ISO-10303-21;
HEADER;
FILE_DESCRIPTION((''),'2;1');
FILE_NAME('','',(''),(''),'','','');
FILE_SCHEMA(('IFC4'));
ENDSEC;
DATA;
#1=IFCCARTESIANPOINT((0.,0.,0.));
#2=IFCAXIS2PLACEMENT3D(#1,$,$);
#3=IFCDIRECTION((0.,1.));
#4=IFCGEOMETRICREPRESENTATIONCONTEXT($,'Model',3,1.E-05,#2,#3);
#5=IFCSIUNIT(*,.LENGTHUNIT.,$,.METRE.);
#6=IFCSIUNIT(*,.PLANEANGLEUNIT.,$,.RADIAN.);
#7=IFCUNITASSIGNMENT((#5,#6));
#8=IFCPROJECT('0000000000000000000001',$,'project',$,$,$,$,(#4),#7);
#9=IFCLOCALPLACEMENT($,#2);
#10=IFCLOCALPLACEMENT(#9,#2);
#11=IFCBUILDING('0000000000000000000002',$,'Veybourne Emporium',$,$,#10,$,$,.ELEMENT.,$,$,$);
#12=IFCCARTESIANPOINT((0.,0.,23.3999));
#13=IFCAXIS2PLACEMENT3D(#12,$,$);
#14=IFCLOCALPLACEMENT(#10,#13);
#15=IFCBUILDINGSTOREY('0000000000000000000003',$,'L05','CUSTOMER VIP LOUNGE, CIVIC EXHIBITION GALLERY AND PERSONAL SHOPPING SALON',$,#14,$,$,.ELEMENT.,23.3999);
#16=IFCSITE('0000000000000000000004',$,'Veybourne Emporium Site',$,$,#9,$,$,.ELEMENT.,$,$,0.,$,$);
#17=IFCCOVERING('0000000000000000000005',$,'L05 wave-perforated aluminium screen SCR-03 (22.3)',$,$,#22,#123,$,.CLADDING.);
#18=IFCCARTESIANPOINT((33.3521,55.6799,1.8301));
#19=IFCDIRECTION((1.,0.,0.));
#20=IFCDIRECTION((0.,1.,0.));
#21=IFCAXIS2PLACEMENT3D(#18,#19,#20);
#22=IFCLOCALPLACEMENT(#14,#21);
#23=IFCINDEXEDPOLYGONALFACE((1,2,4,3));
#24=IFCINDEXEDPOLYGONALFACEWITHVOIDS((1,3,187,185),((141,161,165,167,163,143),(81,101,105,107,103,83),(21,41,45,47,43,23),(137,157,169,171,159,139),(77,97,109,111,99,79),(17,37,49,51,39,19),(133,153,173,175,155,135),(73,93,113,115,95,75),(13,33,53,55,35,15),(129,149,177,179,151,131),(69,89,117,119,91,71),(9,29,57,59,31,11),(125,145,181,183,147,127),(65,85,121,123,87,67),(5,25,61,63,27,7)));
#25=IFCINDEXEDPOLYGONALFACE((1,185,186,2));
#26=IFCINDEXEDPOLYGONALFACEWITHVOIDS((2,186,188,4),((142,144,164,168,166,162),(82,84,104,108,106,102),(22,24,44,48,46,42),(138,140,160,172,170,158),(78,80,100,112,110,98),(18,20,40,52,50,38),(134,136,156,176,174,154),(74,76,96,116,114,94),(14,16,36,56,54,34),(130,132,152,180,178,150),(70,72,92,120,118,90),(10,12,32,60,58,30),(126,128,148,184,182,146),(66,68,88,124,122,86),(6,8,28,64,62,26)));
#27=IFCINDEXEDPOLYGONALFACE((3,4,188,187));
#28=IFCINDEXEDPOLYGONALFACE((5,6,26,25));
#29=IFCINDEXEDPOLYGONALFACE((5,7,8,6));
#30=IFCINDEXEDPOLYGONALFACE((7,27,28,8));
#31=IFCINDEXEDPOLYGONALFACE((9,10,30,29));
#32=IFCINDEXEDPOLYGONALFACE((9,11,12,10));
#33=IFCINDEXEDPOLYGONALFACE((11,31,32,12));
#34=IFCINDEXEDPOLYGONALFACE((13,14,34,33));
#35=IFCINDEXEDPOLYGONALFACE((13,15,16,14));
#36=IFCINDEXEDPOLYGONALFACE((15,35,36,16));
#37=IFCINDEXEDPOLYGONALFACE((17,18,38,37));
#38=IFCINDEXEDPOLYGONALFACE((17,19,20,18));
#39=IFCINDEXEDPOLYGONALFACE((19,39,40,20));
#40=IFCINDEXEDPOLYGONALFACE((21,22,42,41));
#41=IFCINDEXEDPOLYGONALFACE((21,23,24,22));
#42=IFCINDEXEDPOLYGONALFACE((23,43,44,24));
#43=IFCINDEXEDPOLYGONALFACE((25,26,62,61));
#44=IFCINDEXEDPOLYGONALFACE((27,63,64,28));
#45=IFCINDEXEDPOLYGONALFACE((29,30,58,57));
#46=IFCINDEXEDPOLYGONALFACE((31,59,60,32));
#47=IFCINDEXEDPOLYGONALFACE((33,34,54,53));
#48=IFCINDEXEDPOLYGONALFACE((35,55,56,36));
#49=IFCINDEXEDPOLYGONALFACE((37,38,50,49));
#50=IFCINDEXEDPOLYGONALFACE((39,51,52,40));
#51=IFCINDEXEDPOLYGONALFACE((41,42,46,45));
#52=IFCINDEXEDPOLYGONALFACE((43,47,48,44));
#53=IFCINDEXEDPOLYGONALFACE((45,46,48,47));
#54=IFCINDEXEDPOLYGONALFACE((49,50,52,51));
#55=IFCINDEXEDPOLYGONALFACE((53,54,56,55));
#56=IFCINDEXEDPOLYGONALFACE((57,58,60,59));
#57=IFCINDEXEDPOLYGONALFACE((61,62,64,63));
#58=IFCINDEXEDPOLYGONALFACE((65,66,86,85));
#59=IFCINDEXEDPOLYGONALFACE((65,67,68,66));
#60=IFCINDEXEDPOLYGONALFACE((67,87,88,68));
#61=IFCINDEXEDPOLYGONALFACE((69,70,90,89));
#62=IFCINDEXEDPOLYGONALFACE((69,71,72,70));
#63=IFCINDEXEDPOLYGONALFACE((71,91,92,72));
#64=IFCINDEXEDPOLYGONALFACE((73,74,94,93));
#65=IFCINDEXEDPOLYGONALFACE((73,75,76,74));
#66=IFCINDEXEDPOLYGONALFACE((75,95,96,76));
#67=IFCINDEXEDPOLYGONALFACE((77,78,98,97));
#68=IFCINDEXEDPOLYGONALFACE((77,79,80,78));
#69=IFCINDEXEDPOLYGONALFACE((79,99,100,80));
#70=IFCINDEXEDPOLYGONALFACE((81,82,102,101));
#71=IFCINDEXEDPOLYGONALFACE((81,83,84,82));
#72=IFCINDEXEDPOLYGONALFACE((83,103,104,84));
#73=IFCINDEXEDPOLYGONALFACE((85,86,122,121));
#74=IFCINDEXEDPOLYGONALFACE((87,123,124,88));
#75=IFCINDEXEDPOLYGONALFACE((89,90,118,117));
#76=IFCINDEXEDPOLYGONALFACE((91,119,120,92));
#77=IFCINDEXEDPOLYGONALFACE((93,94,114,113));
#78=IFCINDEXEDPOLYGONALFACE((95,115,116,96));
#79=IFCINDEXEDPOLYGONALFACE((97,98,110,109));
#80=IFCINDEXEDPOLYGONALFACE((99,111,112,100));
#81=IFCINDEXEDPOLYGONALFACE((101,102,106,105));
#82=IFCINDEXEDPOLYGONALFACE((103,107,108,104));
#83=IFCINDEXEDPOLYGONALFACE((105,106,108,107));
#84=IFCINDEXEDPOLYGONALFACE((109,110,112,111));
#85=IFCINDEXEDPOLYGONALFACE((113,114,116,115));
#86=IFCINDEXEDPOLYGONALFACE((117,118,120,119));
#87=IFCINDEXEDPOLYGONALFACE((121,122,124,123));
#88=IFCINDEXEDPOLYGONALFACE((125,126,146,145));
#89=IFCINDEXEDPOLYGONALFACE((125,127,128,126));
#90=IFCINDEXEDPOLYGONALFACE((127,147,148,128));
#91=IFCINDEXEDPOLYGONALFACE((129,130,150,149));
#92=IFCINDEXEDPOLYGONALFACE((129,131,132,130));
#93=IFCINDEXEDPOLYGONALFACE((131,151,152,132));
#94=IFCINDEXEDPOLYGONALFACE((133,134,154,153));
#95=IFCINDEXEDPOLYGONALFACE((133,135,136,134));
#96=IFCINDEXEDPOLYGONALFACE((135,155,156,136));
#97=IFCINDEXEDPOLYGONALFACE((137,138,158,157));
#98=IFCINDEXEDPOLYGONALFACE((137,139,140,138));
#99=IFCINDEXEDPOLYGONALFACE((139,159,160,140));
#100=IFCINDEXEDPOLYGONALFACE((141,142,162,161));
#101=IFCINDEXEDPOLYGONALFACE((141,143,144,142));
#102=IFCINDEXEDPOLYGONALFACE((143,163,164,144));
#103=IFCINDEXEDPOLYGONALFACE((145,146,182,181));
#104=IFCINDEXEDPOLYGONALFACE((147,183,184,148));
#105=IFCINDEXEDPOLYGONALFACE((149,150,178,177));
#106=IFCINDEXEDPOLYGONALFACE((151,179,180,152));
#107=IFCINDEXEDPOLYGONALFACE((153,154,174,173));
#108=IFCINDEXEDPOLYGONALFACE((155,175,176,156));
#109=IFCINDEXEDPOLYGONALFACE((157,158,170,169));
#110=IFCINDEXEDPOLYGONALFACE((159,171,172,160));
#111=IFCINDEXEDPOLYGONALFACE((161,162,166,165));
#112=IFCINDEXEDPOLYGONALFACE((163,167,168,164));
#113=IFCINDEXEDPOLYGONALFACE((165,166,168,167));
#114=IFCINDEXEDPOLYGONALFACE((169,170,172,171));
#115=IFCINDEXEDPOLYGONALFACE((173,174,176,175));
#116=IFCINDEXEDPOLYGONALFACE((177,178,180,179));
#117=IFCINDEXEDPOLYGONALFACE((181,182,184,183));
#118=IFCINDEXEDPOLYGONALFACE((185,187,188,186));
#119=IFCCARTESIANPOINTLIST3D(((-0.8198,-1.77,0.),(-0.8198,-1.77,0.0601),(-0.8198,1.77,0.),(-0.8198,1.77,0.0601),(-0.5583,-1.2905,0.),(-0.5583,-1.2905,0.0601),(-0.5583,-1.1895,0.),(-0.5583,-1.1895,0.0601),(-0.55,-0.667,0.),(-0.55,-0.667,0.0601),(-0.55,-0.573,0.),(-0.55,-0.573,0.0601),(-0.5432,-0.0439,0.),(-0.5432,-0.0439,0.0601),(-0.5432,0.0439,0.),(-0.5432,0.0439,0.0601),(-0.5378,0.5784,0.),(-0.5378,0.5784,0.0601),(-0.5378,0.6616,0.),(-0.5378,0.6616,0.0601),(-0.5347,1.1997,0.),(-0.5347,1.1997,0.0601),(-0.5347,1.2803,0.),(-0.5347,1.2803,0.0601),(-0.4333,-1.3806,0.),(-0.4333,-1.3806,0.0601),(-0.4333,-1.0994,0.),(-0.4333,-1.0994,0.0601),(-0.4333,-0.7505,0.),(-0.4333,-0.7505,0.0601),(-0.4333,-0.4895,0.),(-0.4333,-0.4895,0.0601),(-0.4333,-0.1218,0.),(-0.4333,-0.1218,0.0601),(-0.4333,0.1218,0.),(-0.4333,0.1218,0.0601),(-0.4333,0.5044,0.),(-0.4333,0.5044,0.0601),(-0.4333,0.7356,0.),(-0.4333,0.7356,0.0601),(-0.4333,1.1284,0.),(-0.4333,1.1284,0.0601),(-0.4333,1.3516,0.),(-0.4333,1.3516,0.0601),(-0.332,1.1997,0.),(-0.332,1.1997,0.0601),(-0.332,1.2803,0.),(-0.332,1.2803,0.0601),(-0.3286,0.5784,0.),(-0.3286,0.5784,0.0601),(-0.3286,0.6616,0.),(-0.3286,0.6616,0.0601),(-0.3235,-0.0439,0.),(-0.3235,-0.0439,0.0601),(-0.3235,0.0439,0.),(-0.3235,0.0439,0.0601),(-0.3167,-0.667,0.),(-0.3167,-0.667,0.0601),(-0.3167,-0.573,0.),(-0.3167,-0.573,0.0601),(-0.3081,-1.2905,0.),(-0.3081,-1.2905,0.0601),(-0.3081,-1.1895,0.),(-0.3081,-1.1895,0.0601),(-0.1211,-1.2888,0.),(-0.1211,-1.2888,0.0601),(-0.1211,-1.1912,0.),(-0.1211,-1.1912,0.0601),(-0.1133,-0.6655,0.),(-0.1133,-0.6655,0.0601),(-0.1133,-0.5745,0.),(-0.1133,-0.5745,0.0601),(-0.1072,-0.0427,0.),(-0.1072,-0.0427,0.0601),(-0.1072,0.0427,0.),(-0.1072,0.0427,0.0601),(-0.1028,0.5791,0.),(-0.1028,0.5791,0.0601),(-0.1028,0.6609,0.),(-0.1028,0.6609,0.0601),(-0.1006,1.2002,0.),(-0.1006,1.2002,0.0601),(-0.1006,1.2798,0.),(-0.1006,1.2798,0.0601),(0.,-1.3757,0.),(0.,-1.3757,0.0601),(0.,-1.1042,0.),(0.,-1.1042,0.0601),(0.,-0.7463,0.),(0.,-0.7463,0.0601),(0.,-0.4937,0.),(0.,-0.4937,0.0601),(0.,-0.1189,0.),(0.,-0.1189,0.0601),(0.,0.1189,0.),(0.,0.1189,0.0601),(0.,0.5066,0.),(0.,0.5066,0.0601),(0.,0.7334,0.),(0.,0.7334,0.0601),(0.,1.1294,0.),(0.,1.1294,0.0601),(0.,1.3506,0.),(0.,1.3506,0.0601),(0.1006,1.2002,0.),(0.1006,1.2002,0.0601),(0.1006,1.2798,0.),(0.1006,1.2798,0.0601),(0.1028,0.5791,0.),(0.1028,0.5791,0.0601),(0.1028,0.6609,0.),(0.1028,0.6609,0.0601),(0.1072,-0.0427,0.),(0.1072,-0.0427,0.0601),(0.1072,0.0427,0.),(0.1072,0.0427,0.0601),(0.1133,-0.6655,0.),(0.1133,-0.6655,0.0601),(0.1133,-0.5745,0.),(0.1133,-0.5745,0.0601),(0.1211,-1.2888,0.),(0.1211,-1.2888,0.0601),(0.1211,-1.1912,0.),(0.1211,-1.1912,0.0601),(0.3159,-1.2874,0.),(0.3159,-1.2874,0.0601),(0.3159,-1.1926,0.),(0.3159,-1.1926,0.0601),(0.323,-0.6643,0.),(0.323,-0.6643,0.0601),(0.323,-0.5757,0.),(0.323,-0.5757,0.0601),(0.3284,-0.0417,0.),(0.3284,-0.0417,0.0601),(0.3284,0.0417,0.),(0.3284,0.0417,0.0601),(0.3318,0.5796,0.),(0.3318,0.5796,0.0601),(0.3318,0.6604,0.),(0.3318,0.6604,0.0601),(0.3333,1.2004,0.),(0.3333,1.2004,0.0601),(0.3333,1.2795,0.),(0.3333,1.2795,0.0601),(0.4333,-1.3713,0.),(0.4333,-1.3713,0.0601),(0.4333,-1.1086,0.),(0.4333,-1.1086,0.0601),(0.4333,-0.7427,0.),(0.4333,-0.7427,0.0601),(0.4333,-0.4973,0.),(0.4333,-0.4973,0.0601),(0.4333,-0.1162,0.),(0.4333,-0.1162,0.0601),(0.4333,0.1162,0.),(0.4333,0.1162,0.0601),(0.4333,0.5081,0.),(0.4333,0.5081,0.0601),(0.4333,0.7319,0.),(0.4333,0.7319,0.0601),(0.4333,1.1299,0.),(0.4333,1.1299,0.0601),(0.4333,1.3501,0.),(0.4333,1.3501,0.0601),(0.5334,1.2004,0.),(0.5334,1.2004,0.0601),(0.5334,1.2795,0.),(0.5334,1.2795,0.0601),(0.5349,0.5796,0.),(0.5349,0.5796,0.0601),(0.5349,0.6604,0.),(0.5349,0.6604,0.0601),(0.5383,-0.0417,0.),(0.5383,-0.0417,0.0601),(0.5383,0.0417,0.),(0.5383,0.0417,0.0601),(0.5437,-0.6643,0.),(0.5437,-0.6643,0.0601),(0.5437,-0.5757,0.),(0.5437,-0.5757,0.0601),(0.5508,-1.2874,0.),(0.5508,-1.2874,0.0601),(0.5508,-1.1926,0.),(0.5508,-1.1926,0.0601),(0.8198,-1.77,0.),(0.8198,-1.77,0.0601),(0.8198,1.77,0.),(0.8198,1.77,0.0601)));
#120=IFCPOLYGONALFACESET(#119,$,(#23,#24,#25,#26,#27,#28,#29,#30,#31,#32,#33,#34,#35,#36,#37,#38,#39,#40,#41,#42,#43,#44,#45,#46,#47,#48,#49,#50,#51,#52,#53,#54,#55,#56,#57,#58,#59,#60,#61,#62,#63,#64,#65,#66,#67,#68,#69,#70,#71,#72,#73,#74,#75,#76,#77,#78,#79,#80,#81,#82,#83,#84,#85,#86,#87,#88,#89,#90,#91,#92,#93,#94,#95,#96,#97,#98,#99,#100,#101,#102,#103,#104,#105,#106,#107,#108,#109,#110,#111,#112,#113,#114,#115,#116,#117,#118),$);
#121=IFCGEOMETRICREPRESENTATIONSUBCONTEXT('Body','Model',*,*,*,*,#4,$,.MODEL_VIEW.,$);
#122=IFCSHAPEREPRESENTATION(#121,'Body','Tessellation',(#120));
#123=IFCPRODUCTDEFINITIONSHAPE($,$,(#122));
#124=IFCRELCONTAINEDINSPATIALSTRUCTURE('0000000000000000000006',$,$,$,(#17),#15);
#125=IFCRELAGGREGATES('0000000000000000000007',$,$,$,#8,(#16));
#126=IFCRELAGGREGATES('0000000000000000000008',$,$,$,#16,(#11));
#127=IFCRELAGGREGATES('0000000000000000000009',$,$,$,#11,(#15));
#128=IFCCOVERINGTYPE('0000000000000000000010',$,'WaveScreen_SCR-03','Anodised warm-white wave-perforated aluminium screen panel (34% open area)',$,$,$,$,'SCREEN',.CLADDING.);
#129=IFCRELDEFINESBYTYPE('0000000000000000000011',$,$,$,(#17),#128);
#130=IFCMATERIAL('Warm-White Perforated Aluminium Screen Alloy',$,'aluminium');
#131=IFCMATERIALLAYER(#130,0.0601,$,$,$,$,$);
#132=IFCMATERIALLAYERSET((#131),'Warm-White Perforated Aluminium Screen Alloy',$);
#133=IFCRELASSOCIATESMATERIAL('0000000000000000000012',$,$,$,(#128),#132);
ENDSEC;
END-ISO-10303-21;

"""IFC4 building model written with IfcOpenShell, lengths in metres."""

from ifc_helpers import new_model, si_unit, direction, frame, origin, place, context, subcontext, project, spatial, polyline, outline, extrude, material, layer, layer_set, type_object, element, save


model = new_model("IFC4")

# Units and contexts
model_context = context("Model", 3, precision=1e-05, world=origin(), true_north=direction((0.0, 1.0)))
body_context = subcontext(model_context, "Body", "Model", "MODEL_VIEW")
ifc_project = project(units=[si_unit("LENGTHUNIT", "METRE"), si_unit("PLANEANGLEUNIT", "RADIAN")], contexts=[model_context])

# Site, building, storey
site_placement = place(None, origin())
site = spatial("IfcSite", under=ifc_project, at=site_placement, Name="Veybourne Emporium Site", CompositionType="ELEMENT", RefElevation=0.0)
building_placement = place(site_placement, origin())
building = spatial("IfcBuilding", under=site, at=building_placement, Name="Veybourne Emporium", CompositionType="ELEMENT")
storey_placement = place(building_placement, frame((0.0, 0.0, 23.3999)))
storey = spatial("IfcBuildingStorey", under=building, at=storey_placement, Name="L05", Description="CUSTOMER VIP LOUNGE, CIVIC EXHIBITION GALLERY AND PERSONAL SHOPPING SALON", CompositionType="ELEMENT", Elevation=23.3999)

# Covering
ifc_material_1 = material(Name="Warm-White Perforated Aluminium Screen Alloy", Category="aluminium")
ifc_layer_1 = layer(ifc_material_1, 0.0601)
ifc_layer_set_1 = layer_set([ifc_layer_1], Name="Warm-White Perforated Aluminium Screen Alloy")
covering_type_1 = type_object("IfcCoveringType", Name="WaveScreen_SCR-03", Description="Anodised warm-white wave-perforated aluminium screen panel (34% open area)", ElementType="SCREEN", PredefinedType="CLADDING", material=ifc_layer_set_1)
covering_1_placement = place(storey_placement, frame((33.3521, 55.6799, 1.8301), z_axis=(1.0, 0.0, 0.0), x_axis=(0.0, 1.0, 0.0)))
element("IfcCovering", 1, at=covering_1_placement, inside=storey, type_object=covering_type_1, Name="L05 wave-perforated aluminium screen SCR-03 (22.3)", PredefinedType="CLADDING", context=body_context, shape_type="SweptSolid", body=[
    extrude(outline(polyline([(-0.8198, -1.77), (0.8198, -1.77), (0.8198, 1.77), (-0.8198, 1.77), (-0.8198, -1.77)]), holes=[polyline([(-0.4333, -1.0994), (-0.3081, -1.1895), (-0.3081, -1.2905), (-0.4333, -1.3806), (-0.5583, -1.2905), (-0.5583, -1.1895), (-0.4333, -1.0994)]), polyline([(-0.4333, -0.4895), (-0.3167, -0.573), (-0.3167, -0.667), (-0.4333, -0.7505), (-0.55, -0.667), (-0.55, -0.573), (-0.4333, -0.4895)]), polyline([(-0.4333, 0.1218), (-0.3235, 0.0439), (-0.3235, -0.0439), (-0.4333, -0.1218), (-0.5432, -0.0439), (-0.5432, 0.0439), (-0.4333, 0.1218)]), polyline([(-0.4333, 0.7356), (-0.3286, 0.6616), (-0.3286, 0.5784), (-0.4333, 0.5044), (-0.5378, 0.5784), (-0.5378, 0.6616), (-0.4333, 0.7356)]), polyline([(-0.4333, 1.3516), (-0.332, 1.2803), (-0.332, 1.1997), (-0.4333, 1.1284), (-0.5347, 1.1997), (-0.5347, 1.2803), (-0.4333, 1.3516)]), polyline([(0.0, -1.1042), (0.1211, -1.1912), (0.1211, -1.2888), (0.0, -1.3757), (-0.1211, -1.2888), (-0.1211, -1.1912), (0.0, -1.1042)]), polyline([(0.0, -0.4937), (0.1133, -0.5745), (0.1133, -0.6655), (0.0, -0.7463), (-0.1133, -0.6655), (-0.1133, -0.5745), (0.0, -0.4937)]), polyline([(0.0, 0.1189), (0.1072, 0.0427), (0.1072, -0.0427), (0.0, -0.1189), (-0.1072, -0.0427), (-0.1072, 0.0427), (0.0, 0.1189)]), polyline([(0.0, 0.7334), (0.1028, 0.6609), (0.1028, 0.5791), (0.0, 0.5066), (-0.1028, 0.5791), (-0.1028, 0.6609), (0.0, 0.7334)]), polyline([(0.0, 1.3506), (0.1006, 1.2798), (0.1006, 1.2002), (0.0, 1.1294), (-0.1006, 1.2002), (-0.1006, 1.2798), (0.0, 1.3506)]), polyline([(0.4333, -1.1086), (0.5508, -1.1926), (0.5508, -1.2874), (0.4333, -1.3713), (0.3159, -1.2874), (0.3159, -1.1926), (0.4333, -1.1086)]), polyline([(0.4333, -0.4973), (0.5437, -0.5757), (0.5437, -0.6643), (0.4333, -0.7427), (0.323, -0.6643), (0.323, -0.5757), (0.4333, -0.4973)]), polyline([(0.4333, 0.1162), (0.5383, 0.0417), (0.5383, -0.0417), (0.4333, -0.1162), (0.3284, -0.0417), (0.3284, 0.0417), (0.4333, 0.1162)]), polyline([(0.4333, 0.7319), (0.5349, 0.6604), (0.5349, 0.5796), (0.4333, 0.5081), (0.3318, 0.5796), (0.3318, 0.6604), (0.4333, 0.7319)]), polyline([(0.4333, 1.3501), (0.5334, 1.2795), (0.5334, 1.2004), (0.4333, 1.1299), (0.3333, 1.2004), (0.3333, 1.2795), (0.4333, 1.3501)])]), origin(), (0.0, 0.0, 1.0), 0.0601),
])

save(model, "model.ifc")
